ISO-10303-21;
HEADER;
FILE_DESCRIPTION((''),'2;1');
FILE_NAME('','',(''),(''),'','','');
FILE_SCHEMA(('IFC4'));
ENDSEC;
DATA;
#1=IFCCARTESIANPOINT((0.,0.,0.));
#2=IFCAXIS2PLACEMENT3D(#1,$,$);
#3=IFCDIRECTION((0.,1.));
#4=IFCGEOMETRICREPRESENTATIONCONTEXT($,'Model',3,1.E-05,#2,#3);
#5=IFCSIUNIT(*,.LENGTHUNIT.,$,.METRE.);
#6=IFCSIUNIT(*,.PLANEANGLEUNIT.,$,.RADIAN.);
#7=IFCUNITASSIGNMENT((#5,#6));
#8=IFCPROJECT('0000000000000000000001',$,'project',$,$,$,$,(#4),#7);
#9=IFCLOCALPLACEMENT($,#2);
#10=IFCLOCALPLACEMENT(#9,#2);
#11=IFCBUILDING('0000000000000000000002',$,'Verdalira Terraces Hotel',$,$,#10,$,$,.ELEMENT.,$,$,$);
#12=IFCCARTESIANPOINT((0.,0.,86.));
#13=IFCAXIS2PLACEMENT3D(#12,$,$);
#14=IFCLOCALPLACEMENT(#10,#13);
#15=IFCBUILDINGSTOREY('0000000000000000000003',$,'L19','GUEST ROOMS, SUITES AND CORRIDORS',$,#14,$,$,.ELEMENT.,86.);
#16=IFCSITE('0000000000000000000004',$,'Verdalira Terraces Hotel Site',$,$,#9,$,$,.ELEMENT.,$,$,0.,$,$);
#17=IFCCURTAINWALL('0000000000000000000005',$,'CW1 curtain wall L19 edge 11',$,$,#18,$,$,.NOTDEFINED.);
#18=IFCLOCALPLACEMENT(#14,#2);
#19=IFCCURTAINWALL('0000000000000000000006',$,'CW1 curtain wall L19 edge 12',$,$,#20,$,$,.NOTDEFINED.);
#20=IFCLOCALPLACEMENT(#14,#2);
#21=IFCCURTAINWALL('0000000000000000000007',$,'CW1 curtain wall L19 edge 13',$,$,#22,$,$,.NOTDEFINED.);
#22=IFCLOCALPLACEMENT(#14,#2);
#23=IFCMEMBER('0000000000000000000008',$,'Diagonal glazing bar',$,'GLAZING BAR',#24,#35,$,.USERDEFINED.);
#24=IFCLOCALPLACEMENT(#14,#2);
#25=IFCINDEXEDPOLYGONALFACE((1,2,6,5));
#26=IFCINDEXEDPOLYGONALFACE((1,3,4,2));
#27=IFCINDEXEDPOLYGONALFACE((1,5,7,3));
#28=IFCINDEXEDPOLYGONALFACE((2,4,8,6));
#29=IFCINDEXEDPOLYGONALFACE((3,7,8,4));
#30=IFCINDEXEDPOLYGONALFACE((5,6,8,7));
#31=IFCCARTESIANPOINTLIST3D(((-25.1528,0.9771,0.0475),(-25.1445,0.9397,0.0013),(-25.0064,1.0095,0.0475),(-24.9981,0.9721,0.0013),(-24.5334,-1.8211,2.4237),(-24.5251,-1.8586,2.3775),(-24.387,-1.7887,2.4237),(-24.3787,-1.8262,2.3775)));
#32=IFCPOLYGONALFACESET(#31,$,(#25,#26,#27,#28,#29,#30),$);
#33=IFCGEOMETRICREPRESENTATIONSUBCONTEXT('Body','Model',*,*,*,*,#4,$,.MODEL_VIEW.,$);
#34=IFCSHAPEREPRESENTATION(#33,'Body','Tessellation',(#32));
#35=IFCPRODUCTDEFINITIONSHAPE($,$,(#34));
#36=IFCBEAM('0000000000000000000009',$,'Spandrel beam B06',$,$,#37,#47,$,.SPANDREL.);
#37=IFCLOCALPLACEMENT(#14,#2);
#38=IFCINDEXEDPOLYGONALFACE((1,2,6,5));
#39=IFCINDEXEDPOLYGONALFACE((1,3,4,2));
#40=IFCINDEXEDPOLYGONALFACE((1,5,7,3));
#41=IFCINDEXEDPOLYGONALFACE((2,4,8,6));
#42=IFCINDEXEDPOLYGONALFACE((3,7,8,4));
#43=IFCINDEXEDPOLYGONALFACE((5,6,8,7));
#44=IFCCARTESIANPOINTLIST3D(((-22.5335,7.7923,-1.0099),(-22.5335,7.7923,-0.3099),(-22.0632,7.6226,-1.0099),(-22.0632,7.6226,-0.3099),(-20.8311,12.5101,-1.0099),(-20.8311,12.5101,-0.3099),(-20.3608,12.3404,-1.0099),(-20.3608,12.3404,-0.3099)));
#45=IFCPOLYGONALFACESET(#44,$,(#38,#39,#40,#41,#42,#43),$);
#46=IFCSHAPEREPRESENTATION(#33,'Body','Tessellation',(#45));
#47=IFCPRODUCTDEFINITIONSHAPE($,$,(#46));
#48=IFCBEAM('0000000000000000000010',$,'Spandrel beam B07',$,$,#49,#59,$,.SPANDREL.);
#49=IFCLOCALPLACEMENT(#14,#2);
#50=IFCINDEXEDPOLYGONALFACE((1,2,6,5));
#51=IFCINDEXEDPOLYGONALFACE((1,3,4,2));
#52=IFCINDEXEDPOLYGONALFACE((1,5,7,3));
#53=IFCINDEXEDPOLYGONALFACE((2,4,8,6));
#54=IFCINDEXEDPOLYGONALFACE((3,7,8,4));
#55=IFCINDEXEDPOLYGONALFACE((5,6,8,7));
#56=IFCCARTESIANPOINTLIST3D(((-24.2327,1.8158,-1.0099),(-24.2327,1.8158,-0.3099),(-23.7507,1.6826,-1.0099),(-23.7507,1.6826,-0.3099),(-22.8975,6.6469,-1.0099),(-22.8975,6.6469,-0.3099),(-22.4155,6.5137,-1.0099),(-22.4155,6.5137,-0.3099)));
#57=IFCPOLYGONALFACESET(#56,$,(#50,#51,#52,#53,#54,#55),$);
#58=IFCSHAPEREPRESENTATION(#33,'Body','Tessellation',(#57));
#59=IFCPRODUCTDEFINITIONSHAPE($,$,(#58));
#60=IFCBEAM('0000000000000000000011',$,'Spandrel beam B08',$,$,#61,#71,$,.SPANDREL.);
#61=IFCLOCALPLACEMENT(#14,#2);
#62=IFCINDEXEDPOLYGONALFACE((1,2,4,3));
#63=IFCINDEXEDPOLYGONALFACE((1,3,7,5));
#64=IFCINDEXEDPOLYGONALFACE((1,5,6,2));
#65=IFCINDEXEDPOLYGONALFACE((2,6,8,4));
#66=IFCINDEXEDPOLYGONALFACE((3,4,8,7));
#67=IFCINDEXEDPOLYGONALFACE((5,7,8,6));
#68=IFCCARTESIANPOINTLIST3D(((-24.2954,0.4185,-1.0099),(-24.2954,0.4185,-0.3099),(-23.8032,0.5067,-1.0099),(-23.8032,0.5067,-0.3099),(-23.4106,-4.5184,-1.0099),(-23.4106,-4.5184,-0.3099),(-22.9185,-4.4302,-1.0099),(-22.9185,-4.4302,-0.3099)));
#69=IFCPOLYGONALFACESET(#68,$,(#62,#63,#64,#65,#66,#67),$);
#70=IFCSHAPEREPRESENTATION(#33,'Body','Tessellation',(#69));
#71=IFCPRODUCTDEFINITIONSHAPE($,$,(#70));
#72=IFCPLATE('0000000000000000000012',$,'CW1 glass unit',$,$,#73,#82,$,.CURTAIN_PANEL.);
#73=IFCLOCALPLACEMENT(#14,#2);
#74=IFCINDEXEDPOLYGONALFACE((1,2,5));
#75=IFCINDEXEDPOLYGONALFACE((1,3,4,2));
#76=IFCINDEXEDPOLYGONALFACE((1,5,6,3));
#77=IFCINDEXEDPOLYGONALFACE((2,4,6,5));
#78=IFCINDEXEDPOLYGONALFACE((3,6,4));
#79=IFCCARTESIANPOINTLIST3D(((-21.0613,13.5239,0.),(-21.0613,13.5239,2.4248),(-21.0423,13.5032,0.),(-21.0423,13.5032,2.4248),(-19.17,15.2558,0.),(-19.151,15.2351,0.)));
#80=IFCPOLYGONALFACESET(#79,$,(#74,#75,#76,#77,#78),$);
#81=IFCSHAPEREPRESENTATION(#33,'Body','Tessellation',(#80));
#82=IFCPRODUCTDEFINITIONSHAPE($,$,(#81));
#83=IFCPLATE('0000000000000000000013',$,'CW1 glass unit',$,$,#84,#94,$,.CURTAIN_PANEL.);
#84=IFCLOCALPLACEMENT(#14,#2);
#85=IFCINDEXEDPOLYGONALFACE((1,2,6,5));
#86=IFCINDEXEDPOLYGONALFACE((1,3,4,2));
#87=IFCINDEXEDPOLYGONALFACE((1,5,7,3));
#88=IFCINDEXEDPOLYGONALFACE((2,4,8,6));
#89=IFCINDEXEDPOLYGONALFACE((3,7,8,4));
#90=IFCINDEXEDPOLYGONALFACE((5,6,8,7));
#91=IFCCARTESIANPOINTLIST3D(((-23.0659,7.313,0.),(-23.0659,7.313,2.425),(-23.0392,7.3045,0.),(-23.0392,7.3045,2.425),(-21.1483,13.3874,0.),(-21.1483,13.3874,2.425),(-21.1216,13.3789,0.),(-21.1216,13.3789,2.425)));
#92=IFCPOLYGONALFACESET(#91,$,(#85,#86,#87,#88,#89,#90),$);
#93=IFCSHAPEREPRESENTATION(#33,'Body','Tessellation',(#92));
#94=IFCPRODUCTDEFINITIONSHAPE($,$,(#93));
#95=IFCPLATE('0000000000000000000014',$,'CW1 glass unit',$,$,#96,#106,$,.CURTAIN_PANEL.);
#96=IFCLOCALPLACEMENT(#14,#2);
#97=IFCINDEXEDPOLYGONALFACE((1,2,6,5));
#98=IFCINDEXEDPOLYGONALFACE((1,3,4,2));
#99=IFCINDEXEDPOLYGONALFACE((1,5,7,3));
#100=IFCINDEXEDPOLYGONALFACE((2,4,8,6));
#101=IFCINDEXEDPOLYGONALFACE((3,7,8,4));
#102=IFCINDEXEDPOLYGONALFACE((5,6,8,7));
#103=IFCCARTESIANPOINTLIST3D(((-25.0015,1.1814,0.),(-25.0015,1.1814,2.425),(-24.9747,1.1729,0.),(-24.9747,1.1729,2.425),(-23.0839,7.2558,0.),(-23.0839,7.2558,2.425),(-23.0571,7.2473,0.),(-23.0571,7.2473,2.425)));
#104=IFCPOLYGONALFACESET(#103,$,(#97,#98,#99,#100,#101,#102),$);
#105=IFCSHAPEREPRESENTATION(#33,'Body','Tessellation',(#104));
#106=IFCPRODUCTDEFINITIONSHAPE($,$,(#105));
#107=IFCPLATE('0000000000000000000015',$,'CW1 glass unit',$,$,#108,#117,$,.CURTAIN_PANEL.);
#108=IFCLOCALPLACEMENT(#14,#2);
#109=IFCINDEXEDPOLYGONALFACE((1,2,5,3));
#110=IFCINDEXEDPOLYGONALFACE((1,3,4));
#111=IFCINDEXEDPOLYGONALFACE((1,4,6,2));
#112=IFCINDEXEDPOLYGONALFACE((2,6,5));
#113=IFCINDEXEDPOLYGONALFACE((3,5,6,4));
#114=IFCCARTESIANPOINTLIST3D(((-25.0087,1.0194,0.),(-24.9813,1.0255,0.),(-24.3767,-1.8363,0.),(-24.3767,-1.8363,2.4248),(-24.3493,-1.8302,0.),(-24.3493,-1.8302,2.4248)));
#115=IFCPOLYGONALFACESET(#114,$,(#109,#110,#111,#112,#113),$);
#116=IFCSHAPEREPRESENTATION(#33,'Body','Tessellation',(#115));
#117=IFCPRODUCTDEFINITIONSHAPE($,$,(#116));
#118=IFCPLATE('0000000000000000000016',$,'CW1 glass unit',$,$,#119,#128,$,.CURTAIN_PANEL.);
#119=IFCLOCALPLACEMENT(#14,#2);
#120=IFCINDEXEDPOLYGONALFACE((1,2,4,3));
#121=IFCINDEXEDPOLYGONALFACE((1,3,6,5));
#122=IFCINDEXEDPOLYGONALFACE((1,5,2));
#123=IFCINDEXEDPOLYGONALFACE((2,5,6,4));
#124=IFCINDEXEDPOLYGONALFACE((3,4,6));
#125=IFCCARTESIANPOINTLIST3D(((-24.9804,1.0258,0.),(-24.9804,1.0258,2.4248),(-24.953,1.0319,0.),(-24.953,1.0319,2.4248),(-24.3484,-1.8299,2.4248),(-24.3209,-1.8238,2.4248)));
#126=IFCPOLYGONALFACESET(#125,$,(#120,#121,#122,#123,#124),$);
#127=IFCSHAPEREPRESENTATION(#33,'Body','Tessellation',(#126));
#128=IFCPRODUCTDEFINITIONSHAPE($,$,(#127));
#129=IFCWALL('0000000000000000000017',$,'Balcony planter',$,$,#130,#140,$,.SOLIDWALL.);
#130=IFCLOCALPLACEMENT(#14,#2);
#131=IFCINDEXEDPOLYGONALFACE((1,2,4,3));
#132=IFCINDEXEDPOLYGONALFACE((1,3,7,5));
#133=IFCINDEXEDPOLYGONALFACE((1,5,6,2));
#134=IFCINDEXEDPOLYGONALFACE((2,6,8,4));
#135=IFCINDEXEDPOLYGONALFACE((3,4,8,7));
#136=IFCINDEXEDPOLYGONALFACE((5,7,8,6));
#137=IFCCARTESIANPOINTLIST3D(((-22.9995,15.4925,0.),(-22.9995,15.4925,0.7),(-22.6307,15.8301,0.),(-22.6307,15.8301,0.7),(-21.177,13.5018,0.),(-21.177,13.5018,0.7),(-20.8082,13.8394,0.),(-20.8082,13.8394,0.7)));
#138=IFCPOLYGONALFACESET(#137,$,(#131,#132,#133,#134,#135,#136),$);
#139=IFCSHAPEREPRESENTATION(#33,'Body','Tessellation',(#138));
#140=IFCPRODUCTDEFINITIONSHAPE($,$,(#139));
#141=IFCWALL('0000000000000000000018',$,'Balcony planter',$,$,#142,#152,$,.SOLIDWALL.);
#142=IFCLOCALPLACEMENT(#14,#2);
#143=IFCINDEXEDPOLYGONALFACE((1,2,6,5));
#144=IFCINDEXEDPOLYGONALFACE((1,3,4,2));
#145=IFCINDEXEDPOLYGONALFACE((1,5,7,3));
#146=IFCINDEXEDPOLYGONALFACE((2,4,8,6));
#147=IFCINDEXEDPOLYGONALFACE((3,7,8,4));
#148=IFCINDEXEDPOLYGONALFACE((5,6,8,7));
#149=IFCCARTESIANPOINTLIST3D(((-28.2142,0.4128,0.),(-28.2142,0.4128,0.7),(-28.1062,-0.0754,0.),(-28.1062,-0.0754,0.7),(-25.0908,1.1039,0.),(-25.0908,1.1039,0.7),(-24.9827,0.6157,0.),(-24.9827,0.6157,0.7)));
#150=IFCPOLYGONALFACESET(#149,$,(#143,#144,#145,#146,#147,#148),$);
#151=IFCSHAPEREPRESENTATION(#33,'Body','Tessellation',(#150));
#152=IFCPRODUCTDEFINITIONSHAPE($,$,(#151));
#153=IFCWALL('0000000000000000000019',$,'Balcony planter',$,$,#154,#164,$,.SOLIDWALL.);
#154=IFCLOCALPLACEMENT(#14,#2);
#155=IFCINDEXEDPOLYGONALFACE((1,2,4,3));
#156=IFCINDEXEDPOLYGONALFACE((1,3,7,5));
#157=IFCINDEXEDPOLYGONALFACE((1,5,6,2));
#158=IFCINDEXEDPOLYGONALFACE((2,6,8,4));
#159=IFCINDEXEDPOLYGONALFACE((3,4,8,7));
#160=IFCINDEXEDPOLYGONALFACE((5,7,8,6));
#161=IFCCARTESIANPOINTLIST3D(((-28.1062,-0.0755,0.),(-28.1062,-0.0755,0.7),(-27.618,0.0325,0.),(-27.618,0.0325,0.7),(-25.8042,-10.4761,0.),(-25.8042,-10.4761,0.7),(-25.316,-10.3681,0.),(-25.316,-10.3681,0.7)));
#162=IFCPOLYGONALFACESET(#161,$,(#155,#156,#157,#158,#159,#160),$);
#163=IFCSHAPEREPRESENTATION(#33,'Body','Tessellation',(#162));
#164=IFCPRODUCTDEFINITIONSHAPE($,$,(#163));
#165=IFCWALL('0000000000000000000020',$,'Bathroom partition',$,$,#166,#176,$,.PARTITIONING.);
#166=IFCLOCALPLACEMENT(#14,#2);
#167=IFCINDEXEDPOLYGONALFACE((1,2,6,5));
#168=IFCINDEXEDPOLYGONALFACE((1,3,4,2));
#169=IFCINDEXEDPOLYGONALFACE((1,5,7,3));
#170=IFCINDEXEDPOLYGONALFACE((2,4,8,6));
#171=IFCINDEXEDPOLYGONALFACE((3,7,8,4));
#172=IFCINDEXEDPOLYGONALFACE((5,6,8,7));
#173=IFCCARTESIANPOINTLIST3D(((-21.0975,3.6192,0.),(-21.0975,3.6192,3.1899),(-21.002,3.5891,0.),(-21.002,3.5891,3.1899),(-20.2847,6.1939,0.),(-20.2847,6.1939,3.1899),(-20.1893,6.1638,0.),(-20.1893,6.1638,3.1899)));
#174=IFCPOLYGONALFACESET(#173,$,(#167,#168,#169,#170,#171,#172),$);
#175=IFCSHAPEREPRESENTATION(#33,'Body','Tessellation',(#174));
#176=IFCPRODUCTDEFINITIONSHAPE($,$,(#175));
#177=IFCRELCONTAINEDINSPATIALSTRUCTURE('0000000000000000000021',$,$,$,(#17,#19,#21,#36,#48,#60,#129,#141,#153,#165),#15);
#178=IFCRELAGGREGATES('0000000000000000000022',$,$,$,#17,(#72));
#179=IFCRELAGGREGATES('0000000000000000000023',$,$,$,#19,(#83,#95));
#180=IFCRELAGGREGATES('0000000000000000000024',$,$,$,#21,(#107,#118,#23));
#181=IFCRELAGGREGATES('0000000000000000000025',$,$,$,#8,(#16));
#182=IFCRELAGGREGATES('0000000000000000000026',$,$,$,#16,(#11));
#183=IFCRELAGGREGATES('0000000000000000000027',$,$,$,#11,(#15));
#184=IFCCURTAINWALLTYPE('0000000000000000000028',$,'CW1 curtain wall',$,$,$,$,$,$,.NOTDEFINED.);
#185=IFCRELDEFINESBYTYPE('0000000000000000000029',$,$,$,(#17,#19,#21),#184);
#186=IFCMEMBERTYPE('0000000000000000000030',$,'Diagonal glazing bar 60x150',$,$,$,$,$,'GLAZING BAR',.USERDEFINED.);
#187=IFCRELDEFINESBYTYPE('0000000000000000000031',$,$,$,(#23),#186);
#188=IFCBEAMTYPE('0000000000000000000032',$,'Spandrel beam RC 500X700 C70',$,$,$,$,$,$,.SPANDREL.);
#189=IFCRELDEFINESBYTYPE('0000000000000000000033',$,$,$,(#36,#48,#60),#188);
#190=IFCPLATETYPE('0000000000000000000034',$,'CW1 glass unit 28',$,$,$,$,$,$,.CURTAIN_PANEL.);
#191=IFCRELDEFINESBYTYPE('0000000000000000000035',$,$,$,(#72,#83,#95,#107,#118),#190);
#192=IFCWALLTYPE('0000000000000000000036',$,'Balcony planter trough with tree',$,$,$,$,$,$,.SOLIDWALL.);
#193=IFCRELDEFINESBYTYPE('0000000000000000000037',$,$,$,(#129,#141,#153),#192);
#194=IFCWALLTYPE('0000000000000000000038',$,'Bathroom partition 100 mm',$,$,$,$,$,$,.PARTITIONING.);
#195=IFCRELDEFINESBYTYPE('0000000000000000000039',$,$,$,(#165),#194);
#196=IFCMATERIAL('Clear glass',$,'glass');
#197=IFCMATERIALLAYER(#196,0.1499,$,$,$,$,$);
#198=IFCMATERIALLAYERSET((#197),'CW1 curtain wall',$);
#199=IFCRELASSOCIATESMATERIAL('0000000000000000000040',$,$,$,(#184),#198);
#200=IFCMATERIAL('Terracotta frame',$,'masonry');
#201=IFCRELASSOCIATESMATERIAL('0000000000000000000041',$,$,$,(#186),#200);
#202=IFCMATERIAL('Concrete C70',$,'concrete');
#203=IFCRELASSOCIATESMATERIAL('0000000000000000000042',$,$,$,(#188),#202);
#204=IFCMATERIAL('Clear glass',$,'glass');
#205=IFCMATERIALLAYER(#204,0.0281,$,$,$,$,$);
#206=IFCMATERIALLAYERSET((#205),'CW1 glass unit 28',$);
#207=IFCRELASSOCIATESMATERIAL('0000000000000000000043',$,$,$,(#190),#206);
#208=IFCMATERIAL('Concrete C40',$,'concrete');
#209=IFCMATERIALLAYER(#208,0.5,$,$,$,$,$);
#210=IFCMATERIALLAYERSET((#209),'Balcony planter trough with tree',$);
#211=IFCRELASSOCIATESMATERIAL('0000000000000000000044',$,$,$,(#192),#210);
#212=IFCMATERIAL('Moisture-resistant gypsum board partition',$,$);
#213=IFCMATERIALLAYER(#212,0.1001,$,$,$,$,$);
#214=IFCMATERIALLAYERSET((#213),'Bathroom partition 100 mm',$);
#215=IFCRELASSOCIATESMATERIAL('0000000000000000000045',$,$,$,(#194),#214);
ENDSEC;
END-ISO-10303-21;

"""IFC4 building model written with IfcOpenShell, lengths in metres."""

from ifc_helpers import new_model, si_unit, direction, frame, frame_2d, origin, origin_2d, place, context, subcontext, project, spatial, polyline, rectangle, outline, extrude, material, layer, layer_set, material_profile, profile_set, type_object, element, aggregate, save


model = new_model("IFC4")

# Units and contexts
model_context = context("Model", 3, precision=1e-05, world=origin(), true_north=direction((0.0, 1.0)))
body_context = subcontext(model_context, "Body", "Model", "MODEL_VIEW")
ifc_project = project(units=[si_unit("LENGTHUNIT", "METRE"), si_unit("PLANEANGLEUNIT", "RADIAN")], contexts=[model_context])

# Site, building, storey
site_placement = place(None, origin())
site = spatial("IfcSite", under=ifc_project, at=site_placement, Name="Verdalira Terraces Hotel Site", CompositionType="ELEMENT", RefElevation=0.0)
building_placement = place(site_placement, origin())
building = spatial("IfcBuilding", under=site, at=building_placement, Name="Verdalira Terraces Hotel", CompositionType="ELEMENT")
storey_placement = place(building_placement, frame((0.0, 0.0, 86.0)))
storey = spatial("IfcBuildingStorey", under=building, at=storey_placement, Name="L19", Description="GUEST ROOMS, SUITES AND CORRIDORS", CompositionType="ELEMENT", Elevation=86.0)

# Curtain wall
ifc_material_1 = material(Name="Clear glass", Category="glass")
ifc_layer_1 = layer(ifc_material_1, 0.1499)
ifc_layer_set_1 = layer_set([ifc_layer_1], Name="CW1 curtain wall")
curtain_wall_type = type_object("IfcCurtainWallType", Name="CW1 curtain wall", PredefinedType="NOTDEFINED", material=ifc_layer_set_1)
curtain_wall_1_placement = place(storey_placement, origin())
curtain_wall_1 = element("IfcCurtainWall", 1, at=curtain_wall_1_placement, inside=storey, type_object=curtain_wall_type, Name="CW1 curtain wall L19 edge 11", PredefinedType="NOTDEFINED")

# Curtain wall
curtain_wall_2_placement = place(storey_placement, origin())
curtain_wall_2 = element("IfcCurtainWall", 2, at=curtain_wall_2_placement, inside=storey, type_object=curtain_wall_type, Name="CW1 curtain wall L19 edge 12", PredefinedType="NOTDEFINED")

# Curtain wall
curtain_wall_3_placement = place(storey_placement, origin())
curtain_wall_3 = element("IfcCurtainWall", 3, at=curtain_wall_3_placement, inside=storey, type_object=curtain_wall_type, Name="CW1 curtain wall L19 edge 13", PredefinedType="NOTDEFINED")

# Member
ifc_material_2 = material(Name="Terracotta frame", Category="masonry")
ifc_material_profile_1 = material_profile(ifc_material_2, rectangle(XDim=0.1499, YDim=0.0601, at=origin_2d()), Name="GB 60x150")
ifc_profile_set_1 = profile_set([ifc_material_profile_1], Name="Terracotta frame")
member_type_1 = type_object("IfcMemberType", Name="Diagonal glazing bar 60x150", ElementType="GLAZING BAR", PredefinedType="USERDEFINED", material=ifc_profile_set_1)
member_1_placement = place(storey_placement, frame((-25.0754, 0.9746, 0.0244), z_axis=(0.166367, -0.751635, 0.638253), x_axis=(0.976369, 0.21611, 0.0)))
member_1 = element("IfcMember", 4, at=member_1_placement, type_object=member_type_1, Name="Diagonal glazing bar", ObjectType="GLAZING BAR", PredefinedType="USERDEFINED", context=body_context, shape_type="SweptSolid", body=[
    extrude(rectangle(XDim=0.1499, YDim=0.0601, at=origin_2d()), origin(), (0.0, 0.0, 1.0), 3.7229),
])

# Beams
ifc_material_3 = material(Name="Concrete C70", Category="concrete")
ifc_material_profile_2 = material_profile(ifc_material_3, rectangle(XDim=0.5, YDim=0.7, at=origin_2d()), Name="RC 500X700")
ifc_profile_set_2 = profile_set([ifc_material_profile_2], Name="Concrete C70")
beam_type_1 = type_object("IfcBeamType", Name="Spandrel beam RC 500X700 C70", PredefinedType="SPANDREL", material=ifc_profile_set_2)
beam_1_placement = place(storey_placement, frame((-20.5959, 12.4253, -0.6599), z_axis=(-0.339424, -0.940633, 0.0), x_axis=(0.940633, -0.339424, 0.0)))
element("IfcBeam", 5, at=beam_1_placement, inside=storey, type_object=beam_type_1, Name="Spandrel beam B06", PredefinedType="SPANDREL", context=body_context, shape_type="SweptSolid", body=[
    extrude(rectangle(XDim=0.5, YDim=0.7, at=origin_2d()), origin(), (0.0, 0.0, 1.0), 5.0156),
])
beam_2_placement = place(storey_placement, frame((-22.6565, 6.5803, -0.6599), z_axis=(-0.266393, -0.963865, 0.0), x_axis=(0.963865, -0.266393, 0.0)))
element("IfcBeam", 6, at=beam_2_placement, inside=storey, type_object=beam_type_1, Name="Spandrel beam B07", PredefinedType="SPANDREL", context=body_context, shape_type="SweptSolid", body=[
    extrude(rectangle(XDim=0.5, YDim=0.7, at=origin_2d()), origin(), (0.0, 0.0, 1.0), 5.0122),
])
beam_3_placement = place(storey_placement, frame((-24.0493, 0.4626, -0.6599), z_axis=(0.1764, -0.984318, 0.0), x_axis=(0.984318, 0.1764, 0.0)))
element("IfcBeam", 7, at=beam_3_placement, inside=storey, type_object=beam_type_1, Name="Spandrel beam B08", PredefinedType="SPANDREL", context=body_context, shape_type="SweptSolid", body=[
    extrude(rectangle(XDim=0.5, YDim=0.7, at=origin_2d()), origin(), (0.0, 0.0, 1.0), 5.0156),
])

# Plates
ifc_material_4 = material(Name="Clear glass", Category="glass")
ifc_layer_2 = layer(ifc_material_4, 0.0281)
ifc_layer_set_2 = layer_set([ifc_layer_2], Name="CW1 glass unit 28")
plate_type = type_object("IfcPlateType", Name="CW1 glass unit 28", PredefinedType="CURTAIN_PANEL", material=ifc_layer_set_2)
plate_1_placement = place(storey_placement, frame((-20.0967, 14.3691, 1.2124), z_axis=(-0.675333, 0.737513, 0.0), x_axis=(-0.737513, -0.675333, 0.0)))
plate_1 = element("IfcPlate", 8, at=plate_1_placement, type_object=plate_type, Name="CW1 glass unit", PredefinedType="CURTAIN_PANEL", context=body_context, shape_type="SweptSolid", body=[
    extrude(outline(polyline([(-1.2822, -1.2124), (1.2822, -1.2124), (1.2822, 1.2124), (-1.2822, -1.2124)])), origin(), (0.0, 0.0, 1.0), 0.0281),
])
aggregate(curtain_wall_1, [plate_1])
plate_2_placement = place(storey_placement, frame((-22.0938, 10.3459, 0.0), z_axis=(0.0, 0.0, 1.0), x_axis=(-0.301039, -0.953612, 0.0)))
plate_2 = element("IfcPlate", 9, at=plate_2_placement, type_object=plate_type, Name="CW1 glass unit", PredefinedType="CURTAIN_PANEL", context=body_context, shape_type="SweptSolid", body=[
    extrude(rectangle(XDim=6.3699, YDim=0.0281, at=origin_2d()), origin(), (0.0, 0.0, 1.0), 2.425),
])
plate_3_placement = place(storey_placement, frame((-24.0293, 4.2144, 0.0), z_axis=(0.0, 0.0, 1.0), x_axis=(-0.301039, -0.953612, 0.0)))
plate_3 = element("IfcPlate", 10, at=plate_3_placement, type_object=plate_type, Name="CW1 glass unit", PredefinedType="CURTAIN_PANEL", context=body_context, shape_type="SweptSolid", body=[
    extrude(rectangle(XDim=6.3699, YDim=0.0281, at=origin_2d()), origin(), (0.0, 0.0, 1.0), 2.425),
])
aggregate(curtain_wall_2, [plate_2, plate_3])
plate_4_placement = place(storey_placement, frame((-24.6653, -0.4023, 1.2124), z_axis=(-0.976371, -0.216099, 0.0), x_axis=(0.216099, -0.976371, 0.0)))
plate_4 = element("IfcPlate", 11, at=plate_4_placement, type_object=plate_type, Name="CW1 glass unit", PredefinedType="CURTAIN_PANEL", context=body_context, shape_type="SweptSolid", body=[
    extrude(outline(polyline([(-1.4624, -1.2124), (1.4624, -1.2124), (1.4624, 1.2124), (-1.4624, -1.2124)])), origin(), (0.0, 0.0, 1.0), 0.0281),
])
plate_5_placement = place(storey_placement, frame((-24.637, -0.396, 1.2124), z_axis=(-0.976371, -0.216099, 0.0), x_axis=(0.216099, -0.976371, 0.0)))
plate_5 = element("IfcPlate", 12, at=plate_5_placement, type_object=plate_type, Name="CW1 glass unit", PredefinedType="CURTAIN_PANEL", context=body_context, shape_type="SweptSolid", body=[
    extrude(outline(polyline([(-1.4624, -1.2124), (1.4624, 1.2124), (-1.4624, 1.2124), (-1.4624, -1.2124)])), origin(), (0.0, 0.0, 1.0), 0.0281),
])
aggregate(curtain_wall_3, [plate_4, plate_5, member_1])

# Walls
ifc_material_5 = material(Name="Concrete C40", Category="concrete")
ifc_layer_3 = layer(ifc_material_5, 0.5)
ifc_layer_set_3 = layer_set([ifc_layer_3], Name="Balcony planter trough with tree")
wall_type_1 = type_object("IfcWallType", Name="Balcony planter trough with tree", PredefinedType="SOLIDWALL", material=ifc_layer_set_3)
wall_1_placement = place(storey_placement, frame((-22.8152, 15.6614, 0.0), z_axis=(0.0, 0.0, 1.0), x_axis=(0.675258, -0.737582, 0.0)))
element("IfcWall", 13, at=wall_1_placement, inside=storey, type_object=wall_type_1, Name="Balcony planter", PredefinedType="SOLIDWALL", context=body_context, shape_type="SweptSolid", body=[
    extrude(rectangle(XDim=2.699, YDim=0.5, at=frame_2d((1.3496, 0.0))), origin(), (0.0, 0.0, 1.0), 0.7),
])
wall_2_placement = place(storey_placement, frame((-25.0366, 0.8599, 0.0), z_axis=(0.0, 0.0, 1.0), x_axis=(-0.976382, -0.21605, 0.0)))
element("IfcWall", 14, at=wall_2_placement, inside=storey, type_object=wall_type_1, Name="Balcony planter", PredefinedType="SOLIDWALL", context=body_context, shape_type="SweptSolid", body=[
    extrude(rectangle(XDim=3.199, YDim=0.5, at=frame_2d((1.5996, 0.0))), origin(), (0.0, 0.0, 1.0), 0.7),
])
wall_3_placement = place(storey_placement, frame((-27.8621, -0.0215, 0.0), z_axis=(0.0, 0.0, 1.0), x_axis=(0.216103, -0.976371, 0.0)))
element("IfcWall", 15, at=wall_3_placement, inside=storey, type_object=wall_type_1, Name="Balcony planter", PredefinedType="SOLIDWALL", context=body_context, shape_type="SweptSolid", body=[
    extrude(rectangle(XDim=10.6523, YDim=0.5, at=frame_2d((5.3262, 0.0))), origin(), (0.0, 0.0, 1.0), 0.7),
])
ifc_material_6 = material(Name="Moisture-resistant gypsum board partition")
ifc_layer_4 = layer(ifc_material_6, 0.1001)
ifc_layer_set_4 = layer_set([ifc_layer_4], Name="Bathroom partition 100 mm")
wall_type_2 = type_object("IfcWallType", Name="Bathroom partition 100 mm", PredefinedType="PARTITIONING", material=ifc_layer_set_4)
wall_4_placement = place(storey_placement, frame((-21.0498, 3.604, 0.0), z_axis=(0.0, 0.0, 1.0), x_axis=(0.301023, 0.953617, 0.0)))
element("IfcWall", 16, at=wall_4_placement, inside=storey, type_object=wall_type_2, Name="Bathroom partition", PredefinedType="PARTITIONING", context=body_context, shape_type="SweptSolid", body=[
    extrude(rectangle(XDim=2.7, YDim=0.1001, at=frame_2d((1.3501, 0.0))), origin(), (0.0, 0.0, 1.0), 3.1899),
])

save(model, "model.ifc")
